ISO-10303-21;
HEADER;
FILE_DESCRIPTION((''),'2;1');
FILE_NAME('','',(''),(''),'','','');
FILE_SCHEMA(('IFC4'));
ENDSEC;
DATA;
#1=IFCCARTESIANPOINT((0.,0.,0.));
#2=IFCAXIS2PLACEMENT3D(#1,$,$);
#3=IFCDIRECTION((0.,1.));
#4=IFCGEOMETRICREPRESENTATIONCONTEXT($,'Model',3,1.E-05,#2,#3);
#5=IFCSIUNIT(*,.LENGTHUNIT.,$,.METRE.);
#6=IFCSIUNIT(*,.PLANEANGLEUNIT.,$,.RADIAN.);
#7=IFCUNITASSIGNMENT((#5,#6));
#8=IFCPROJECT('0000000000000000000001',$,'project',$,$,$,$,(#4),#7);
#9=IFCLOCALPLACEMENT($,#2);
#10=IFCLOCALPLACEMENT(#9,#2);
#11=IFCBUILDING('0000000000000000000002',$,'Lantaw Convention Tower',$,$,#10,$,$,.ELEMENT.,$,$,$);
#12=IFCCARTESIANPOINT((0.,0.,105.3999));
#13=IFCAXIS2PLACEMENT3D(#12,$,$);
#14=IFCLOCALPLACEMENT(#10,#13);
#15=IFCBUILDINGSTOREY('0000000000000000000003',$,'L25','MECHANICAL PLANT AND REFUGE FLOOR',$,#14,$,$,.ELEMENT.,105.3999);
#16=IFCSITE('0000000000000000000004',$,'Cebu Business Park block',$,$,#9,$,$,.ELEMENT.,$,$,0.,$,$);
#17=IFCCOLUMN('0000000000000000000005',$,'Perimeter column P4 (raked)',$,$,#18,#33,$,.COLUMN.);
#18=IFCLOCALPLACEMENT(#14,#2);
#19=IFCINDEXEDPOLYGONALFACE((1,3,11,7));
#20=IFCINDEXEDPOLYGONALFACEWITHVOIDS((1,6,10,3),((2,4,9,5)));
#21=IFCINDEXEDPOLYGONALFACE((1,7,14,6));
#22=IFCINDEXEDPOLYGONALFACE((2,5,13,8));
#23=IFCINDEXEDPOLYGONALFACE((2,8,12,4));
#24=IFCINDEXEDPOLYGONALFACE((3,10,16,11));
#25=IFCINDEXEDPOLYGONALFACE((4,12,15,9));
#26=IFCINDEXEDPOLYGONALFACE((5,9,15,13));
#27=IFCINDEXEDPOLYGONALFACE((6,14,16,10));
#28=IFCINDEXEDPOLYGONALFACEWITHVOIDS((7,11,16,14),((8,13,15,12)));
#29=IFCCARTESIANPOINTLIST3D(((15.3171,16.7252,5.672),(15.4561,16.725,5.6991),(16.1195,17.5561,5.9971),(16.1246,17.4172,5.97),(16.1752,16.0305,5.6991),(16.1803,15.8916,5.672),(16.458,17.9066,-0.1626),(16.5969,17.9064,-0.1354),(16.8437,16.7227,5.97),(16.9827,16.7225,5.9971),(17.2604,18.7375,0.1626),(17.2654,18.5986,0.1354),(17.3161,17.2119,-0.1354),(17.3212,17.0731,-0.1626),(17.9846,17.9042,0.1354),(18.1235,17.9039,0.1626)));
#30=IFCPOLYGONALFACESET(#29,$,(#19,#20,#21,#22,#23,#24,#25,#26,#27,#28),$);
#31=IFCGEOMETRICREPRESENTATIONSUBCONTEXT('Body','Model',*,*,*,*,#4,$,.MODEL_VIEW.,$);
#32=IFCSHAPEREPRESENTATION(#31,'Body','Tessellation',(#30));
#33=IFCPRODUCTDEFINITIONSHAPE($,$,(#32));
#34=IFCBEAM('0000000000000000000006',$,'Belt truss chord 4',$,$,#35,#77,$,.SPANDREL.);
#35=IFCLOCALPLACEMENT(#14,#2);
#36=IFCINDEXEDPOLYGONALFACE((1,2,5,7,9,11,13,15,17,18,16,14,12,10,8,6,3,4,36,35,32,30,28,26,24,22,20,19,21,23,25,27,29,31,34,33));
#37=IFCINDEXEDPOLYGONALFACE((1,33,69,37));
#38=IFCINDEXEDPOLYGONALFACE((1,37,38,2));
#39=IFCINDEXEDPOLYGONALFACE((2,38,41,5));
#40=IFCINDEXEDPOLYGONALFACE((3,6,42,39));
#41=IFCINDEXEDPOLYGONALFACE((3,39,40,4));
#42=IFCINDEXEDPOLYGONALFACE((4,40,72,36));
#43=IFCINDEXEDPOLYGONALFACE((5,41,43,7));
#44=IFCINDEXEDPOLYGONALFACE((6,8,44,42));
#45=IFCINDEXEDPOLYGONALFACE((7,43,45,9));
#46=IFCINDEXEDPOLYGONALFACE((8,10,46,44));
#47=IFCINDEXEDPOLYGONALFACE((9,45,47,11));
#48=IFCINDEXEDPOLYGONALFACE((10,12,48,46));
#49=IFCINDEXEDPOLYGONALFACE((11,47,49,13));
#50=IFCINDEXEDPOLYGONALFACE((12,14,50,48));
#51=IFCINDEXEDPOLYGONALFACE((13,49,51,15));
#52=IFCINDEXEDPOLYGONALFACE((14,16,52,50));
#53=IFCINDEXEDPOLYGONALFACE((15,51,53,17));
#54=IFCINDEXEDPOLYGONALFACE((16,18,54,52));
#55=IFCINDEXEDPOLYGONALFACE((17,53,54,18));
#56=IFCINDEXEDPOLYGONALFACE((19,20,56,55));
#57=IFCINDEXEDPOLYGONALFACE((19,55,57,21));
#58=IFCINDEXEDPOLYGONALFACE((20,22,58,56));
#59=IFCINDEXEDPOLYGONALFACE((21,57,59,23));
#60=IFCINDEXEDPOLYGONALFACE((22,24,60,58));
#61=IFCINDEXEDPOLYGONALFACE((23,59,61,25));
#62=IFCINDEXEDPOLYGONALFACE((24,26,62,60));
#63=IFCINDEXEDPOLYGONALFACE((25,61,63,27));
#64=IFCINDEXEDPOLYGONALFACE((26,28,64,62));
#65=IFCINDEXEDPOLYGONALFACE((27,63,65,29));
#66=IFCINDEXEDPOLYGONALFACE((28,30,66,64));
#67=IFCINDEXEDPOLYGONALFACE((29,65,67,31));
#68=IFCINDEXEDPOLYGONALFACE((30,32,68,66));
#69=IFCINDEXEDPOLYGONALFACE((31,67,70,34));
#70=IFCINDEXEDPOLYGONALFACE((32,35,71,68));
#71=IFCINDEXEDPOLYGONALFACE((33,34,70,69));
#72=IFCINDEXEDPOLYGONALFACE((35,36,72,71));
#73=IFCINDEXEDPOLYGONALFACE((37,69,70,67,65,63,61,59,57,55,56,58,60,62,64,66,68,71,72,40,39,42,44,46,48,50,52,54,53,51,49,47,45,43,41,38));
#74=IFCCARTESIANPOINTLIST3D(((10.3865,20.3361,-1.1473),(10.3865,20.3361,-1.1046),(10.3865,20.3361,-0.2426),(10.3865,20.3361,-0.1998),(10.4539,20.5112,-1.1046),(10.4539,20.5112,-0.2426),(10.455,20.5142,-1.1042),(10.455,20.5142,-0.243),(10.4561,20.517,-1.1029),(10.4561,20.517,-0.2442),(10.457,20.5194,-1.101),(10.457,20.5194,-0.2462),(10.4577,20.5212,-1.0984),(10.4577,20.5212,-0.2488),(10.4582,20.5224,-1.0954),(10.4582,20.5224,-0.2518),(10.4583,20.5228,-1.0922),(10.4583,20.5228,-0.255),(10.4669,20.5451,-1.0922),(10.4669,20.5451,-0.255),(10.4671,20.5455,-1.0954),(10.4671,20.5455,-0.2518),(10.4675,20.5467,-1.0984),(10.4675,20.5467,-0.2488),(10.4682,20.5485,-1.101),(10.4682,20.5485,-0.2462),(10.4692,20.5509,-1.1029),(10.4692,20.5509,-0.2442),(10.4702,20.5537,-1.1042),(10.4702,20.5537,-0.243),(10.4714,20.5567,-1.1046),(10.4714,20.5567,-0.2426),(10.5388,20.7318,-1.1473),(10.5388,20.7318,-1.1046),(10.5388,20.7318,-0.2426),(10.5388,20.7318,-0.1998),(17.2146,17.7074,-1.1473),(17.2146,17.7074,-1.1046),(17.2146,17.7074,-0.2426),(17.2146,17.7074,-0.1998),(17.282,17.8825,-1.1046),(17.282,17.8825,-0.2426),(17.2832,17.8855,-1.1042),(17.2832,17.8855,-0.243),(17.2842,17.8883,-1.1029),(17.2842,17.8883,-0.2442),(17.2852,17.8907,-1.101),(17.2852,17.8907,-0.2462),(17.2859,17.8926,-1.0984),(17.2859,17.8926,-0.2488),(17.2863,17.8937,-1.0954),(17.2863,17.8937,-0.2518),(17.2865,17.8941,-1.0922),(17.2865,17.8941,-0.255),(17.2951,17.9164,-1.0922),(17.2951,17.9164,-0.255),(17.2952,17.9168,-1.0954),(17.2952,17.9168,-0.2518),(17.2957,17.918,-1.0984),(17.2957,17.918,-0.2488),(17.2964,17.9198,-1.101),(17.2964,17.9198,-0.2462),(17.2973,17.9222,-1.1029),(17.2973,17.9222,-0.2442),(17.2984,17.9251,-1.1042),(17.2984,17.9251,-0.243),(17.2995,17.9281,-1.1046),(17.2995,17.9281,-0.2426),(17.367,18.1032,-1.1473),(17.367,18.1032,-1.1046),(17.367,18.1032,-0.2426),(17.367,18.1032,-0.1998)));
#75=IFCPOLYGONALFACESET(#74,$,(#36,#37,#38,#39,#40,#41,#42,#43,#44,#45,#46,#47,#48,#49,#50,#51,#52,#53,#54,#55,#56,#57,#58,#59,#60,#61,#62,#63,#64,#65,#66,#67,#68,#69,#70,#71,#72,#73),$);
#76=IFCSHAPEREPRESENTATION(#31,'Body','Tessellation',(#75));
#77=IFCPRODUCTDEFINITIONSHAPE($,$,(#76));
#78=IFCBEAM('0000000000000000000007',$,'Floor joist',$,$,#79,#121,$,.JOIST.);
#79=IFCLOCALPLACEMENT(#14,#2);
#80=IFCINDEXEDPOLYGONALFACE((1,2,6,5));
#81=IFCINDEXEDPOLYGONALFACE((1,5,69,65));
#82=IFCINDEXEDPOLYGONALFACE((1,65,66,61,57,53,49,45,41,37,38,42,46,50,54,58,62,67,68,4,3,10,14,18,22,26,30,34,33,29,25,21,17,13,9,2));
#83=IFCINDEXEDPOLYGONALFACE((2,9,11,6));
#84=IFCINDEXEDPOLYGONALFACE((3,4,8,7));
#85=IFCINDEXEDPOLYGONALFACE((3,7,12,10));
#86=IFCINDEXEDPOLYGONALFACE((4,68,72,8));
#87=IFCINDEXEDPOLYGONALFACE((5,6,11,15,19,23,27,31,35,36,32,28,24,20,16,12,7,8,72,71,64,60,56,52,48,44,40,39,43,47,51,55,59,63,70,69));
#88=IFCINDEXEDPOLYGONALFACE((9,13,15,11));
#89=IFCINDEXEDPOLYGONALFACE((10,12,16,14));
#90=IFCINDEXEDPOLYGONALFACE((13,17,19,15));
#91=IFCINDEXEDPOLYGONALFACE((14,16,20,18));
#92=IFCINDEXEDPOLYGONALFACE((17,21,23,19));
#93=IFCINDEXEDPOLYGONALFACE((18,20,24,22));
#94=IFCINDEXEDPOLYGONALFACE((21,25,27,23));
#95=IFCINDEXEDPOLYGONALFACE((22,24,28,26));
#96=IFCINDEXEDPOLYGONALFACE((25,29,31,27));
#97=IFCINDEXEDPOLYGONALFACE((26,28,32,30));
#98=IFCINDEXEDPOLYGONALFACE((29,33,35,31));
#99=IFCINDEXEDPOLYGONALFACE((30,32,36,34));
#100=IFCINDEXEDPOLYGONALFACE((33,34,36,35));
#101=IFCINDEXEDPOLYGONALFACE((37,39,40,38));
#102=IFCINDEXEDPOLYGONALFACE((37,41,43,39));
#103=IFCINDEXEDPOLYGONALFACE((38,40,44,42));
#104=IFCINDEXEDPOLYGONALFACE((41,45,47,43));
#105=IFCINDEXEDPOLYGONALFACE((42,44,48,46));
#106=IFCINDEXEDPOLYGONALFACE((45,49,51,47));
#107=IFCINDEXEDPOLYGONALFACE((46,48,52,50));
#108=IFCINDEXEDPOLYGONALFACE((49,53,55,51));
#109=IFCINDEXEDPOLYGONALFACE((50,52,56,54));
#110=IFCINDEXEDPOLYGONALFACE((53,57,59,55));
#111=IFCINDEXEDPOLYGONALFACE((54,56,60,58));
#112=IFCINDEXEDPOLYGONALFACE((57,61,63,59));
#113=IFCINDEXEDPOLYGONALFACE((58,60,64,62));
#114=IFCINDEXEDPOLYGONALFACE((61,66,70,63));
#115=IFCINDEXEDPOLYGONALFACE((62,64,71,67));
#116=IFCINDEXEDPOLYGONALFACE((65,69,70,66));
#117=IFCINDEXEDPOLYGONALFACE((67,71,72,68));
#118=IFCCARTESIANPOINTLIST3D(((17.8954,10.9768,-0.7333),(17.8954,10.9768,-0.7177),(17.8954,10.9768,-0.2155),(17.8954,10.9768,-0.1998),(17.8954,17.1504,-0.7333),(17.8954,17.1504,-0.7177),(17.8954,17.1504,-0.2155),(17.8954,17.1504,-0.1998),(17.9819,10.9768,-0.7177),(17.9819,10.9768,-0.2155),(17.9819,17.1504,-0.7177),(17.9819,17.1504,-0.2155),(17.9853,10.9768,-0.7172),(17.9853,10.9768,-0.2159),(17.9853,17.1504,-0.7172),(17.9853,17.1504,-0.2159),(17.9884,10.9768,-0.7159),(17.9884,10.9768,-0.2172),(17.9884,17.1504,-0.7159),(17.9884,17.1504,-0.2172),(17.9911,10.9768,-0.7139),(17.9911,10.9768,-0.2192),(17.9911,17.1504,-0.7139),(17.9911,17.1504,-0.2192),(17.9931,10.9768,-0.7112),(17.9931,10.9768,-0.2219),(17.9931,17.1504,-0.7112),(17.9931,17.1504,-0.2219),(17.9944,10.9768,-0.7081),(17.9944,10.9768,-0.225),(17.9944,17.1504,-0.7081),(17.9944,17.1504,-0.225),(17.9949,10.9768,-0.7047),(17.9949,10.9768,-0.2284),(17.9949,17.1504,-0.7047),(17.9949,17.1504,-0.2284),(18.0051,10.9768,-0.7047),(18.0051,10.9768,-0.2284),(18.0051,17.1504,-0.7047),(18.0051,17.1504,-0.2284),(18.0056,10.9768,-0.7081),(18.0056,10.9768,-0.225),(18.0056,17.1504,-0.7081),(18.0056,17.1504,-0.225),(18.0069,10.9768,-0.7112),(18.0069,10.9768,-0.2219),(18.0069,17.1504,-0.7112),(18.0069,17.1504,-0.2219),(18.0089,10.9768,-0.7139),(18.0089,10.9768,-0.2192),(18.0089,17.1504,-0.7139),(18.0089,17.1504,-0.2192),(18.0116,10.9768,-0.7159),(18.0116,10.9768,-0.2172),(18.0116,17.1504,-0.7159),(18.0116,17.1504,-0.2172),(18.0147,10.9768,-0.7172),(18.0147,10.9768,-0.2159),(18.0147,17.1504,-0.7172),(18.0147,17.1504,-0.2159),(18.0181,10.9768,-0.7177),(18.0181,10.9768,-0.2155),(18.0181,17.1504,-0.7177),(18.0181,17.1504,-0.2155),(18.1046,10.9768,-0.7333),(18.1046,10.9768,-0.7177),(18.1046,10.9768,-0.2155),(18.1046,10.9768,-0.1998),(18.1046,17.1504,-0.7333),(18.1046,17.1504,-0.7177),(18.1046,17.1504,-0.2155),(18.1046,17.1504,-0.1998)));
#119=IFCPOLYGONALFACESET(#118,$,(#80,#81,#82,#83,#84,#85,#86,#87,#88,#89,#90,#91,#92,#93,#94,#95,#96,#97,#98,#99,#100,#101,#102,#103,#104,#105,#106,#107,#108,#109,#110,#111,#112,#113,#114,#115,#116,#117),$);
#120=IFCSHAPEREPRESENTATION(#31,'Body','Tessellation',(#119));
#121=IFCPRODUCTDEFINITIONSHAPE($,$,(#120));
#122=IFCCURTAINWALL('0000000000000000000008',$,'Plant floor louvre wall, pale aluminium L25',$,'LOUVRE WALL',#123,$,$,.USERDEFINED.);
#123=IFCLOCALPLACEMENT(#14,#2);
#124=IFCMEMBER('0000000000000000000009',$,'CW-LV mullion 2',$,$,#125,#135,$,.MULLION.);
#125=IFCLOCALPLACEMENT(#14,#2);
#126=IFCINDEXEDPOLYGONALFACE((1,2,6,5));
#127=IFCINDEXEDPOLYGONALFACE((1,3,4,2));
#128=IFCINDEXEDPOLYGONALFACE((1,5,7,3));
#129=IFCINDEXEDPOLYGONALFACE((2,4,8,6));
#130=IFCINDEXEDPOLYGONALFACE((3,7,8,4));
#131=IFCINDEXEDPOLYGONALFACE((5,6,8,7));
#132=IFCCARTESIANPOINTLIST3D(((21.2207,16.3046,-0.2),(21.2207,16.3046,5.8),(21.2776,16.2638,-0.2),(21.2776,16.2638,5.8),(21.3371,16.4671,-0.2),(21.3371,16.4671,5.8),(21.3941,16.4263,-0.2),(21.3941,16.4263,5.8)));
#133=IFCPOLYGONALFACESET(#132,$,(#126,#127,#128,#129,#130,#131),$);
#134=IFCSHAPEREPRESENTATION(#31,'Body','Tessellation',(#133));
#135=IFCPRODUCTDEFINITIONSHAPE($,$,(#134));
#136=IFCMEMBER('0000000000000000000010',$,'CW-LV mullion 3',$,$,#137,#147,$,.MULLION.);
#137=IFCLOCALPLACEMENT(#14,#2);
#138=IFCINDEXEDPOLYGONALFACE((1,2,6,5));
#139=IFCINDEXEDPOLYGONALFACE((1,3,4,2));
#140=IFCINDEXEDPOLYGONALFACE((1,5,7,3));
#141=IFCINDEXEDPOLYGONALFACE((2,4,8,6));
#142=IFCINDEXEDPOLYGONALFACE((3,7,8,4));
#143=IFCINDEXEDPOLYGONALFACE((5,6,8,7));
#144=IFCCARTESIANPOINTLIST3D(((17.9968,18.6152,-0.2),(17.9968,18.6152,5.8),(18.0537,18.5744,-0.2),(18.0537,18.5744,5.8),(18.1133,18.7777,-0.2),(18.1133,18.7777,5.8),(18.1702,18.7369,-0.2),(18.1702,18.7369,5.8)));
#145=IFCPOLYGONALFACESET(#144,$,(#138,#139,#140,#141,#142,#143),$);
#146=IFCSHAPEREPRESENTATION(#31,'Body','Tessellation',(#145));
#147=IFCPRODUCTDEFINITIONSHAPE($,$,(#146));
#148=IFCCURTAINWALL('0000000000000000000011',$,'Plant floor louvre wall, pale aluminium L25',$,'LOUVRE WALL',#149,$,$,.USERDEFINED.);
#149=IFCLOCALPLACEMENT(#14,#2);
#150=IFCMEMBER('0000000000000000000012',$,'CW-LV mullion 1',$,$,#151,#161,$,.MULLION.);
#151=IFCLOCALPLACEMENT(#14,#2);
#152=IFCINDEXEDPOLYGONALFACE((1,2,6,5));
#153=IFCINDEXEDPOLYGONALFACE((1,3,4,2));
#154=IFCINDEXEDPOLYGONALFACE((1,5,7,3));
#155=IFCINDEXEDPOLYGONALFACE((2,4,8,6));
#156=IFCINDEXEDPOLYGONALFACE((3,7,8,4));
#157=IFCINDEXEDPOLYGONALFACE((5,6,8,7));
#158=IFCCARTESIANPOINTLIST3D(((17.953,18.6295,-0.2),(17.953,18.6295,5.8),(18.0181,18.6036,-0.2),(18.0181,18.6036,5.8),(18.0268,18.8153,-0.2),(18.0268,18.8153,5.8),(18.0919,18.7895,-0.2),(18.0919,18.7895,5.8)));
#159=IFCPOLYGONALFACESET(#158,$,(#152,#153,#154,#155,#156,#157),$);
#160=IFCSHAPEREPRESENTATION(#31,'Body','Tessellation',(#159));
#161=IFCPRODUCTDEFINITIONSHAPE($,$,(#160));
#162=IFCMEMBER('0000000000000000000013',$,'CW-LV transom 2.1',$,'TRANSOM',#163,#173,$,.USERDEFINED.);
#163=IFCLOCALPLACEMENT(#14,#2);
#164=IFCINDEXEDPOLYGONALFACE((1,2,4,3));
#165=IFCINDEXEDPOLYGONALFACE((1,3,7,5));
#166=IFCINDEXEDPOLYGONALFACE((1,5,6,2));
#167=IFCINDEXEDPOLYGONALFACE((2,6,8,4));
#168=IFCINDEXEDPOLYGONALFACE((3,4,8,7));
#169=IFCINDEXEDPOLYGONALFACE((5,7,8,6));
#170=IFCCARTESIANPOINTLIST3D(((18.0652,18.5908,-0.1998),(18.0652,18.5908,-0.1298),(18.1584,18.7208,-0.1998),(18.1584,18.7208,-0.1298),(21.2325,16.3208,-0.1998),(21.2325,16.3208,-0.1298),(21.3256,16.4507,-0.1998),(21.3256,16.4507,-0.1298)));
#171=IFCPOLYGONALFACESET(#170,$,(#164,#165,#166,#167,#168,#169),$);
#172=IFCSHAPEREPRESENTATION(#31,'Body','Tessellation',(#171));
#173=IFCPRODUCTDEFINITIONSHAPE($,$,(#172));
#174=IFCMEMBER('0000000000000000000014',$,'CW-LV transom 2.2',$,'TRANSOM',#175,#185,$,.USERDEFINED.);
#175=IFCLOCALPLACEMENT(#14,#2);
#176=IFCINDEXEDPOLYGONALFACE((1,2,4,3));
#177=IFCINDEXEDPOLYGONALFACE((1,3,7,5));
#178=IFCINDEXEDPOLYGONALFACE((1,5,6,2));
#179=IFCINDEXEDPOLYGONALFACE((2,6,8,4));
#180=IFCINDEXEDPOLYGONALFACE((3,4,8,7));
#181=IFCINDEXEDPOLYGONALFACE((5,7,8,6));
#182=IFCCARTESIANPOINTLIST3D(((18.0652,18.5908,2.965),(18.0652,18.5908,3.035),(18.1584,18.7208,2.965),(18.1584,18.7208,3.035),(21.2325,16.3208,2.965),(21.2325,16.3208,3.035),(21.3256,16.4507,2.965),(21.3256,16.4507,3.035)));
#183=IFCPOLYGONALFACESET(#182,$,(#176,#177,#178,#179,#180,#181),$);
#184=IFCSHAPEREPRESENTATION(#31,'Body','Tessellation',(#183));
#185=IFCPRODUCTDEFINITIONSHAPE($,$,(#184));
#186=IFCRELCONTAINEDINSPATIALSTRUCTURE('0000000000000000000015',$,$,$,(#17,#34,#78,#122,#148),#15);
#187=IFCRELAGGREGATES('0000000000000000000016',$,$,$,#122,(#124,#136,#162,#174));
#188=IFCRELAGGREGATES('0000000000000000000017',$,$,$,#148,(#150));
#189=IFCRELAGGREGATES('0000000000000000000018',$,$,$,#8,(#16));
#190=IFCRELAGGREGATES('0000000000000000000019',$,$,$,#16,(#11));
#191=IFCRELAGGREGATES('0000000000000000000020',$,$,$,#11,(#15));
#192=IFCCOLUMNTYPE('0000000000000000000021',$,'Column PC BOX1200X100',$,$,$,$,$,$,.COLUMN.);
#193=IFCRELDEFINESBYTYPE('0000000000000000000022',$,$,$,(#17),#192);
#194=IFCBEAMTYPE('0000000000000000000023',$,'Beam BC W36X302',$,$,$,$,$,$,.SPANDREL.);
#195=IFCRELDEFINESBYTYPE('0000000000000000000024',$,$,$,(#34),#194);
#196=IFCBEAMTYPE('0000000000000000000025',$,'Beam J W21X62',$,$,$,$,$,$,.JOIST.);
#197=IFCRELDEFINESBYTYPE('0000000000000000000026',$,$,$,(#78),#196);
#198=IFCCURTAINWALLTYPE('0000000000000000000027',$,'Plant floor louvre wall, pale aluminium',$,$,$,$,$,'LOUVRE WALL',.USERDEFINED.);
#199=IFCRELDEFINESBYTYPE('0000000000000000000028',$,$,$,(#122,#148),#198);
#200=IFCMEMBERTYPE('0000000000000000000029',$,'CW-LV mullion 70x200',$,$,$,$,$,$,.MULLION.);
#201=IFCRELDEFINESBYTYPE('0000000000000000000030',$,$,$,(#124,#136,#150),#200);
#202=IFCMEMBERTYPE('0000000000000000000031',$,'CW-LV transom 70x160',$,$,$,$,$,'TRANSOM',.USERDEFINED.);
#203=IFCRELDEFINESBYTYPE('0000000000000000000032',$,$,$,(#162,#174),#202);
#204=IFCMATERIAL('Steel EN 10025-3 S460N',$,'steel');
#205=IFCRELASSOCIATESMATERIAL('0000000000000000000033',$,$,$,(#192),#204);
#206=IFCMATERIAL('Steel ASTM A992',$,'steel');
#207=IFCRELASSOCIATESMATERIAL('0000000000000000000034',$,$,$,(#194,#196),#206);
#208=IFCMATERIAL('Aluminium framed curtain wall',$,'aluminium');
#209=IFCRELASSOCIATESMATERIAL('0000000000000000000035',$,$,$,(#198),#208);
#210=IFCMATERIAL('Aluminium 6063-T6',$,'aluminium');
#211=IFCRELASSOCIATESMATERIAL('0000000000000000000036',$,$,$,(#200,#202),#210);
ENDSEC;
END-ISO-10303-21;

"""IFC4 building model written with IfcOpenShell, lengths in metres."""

from ifc_helpers import new_model, si_unit, direction, frame, origin, origin_2d, place, context, subcontext, project, spatial, rectangle, hollow_rectangle, i_section, extrude, material, material_profile, profile_set, type_object, element, aggregate, save


model = new_model("IFC4")

# Units and contexts
model_context = context("Model", 3, precision=1e-05, world=origin(), true_north=direction((0.0, 1.0)))
body_context = subcontext(model_context, "Body", "Model", "MODEL_VIEW")
ifc_project = project(units=[si_unit("LENGTHUNIT", "METRE"), si_unit("PLANEANGLEUNIT", "RADIAN")], contexts=[model_context])

# Site, building, storey
site_placement = place(None, origin())
site = spatial("IfcSite", under=ifc_project, at=site_placement, Name="Cebu Business Park block", CompositionType="ELEMENT", RefElevation=0.0)
building_placement = place(site_placement, origin())
building = spatial("IfcBuilding", under=site, at=building_placement, Name="Lantaw Convention Tower", CompositionType="ELEMENT")
storey_placement = place(building_placement, frame((0.0, 0.0, 105.3999)))
storey = spatial("IfcBuildingStorey", under=building, at=storey_placement, Name="L25", Description="MECHANICAL PLANT AND REFUGE FLOOR", CompositionType="ELEMENT", Elevation=105.3999)

# Column
ifc_material_1 = material(Name="Steel EN 10025-3 S460N", Category="steel")
ifc_material_profile_1 = material_profile(ifc_material_1, hollow_rectangle(XDim=1.2, YDim=1.2, WallThickness=0.1001, at=origin_2d()), Name="BOX1200X100")
ifc_material_2 = material(Name="Concrete C60/75", Category="concrete")
ifc_material_profile_2 = material_profile(ifc_material_2, rectangle(XDim=1.0, YDim=1.0, at=origin_2d()), Name="Concrete fill of BOX1200X100")
ifc_profile_set_1 = profile_set([ifc_material_profile_1, ifc_material_profile_2], Name="Steel EN 10025-3 S460N")
column_type = type_object("IfcColumnType", Name="Column PC BOX1200X100", PredefinedType="COLUMN", material=ifc_profile_set_1)
column_placement = place(storey_placement, frame((17.2908, 17.9053, 0.0), z_axis=(-0.188224, -0.194911, 0.962591), x_axis=(0.719337, -0.694661, 0.0)))
element("IfcColumn", 1, at=column_placement, inside=storey, type_object=column_type, Name="Perimeter column P4 (raked)", PredefinedType="COLUMN", context=body_context, shape_type="SweptSolid", body=[
    extrude(hollow_rectangle(XDim=1.2, YDim=1.2, WallThickness=0.1001, at=origin_2d()), origin(), (0.0, 0.0, 1.0), 6.0613),
])

# Beams
ifc_material_3 = material(Name="Steel ASTM A992", Category="steel")
ifc_material_profile_3 = material_profile(ifc_material_3, i_section(OverallWidth=0.4241, OverallDepth=0.9475, WebThickness=0.0239, FlangeThickness=0.0427, FilletRadius=0.0125, at=origin_2d()), Name="W36X302")
ifc_profile_set_2 = profile_set([ifc_material_profile_3], Name="Steel ASTM A992")
beam_type_1 = type_object("IfcBeamType", Name="Beam BC W36X302", PredefinedType="SPANDREL", material=ifc_profile_set_2)
beam_1_placement = place(storey_placement, frame((17.2908, 17.9053, -0.6736), z_axis=(-0.933233, 0.359272, 0.0), x_axis=(-0.359272, -0.933233, 0.0)))
element("IfcBeam", 2, at=beam_1_placement, inside=storey, type_object=beam_type_1, Name="Belt truss chord 4", PredefinedType="SPANDREL", context=body_context, shape_type="SweptSolid", body=[
    extrude(i_section(OverallWidth=0.4241, OverallDepth=0.9475, WebThickness=0.0239, FlangeThickness=0.0427, FilletRadius=0.0125, at=origin_2d()), origin(), (0.0, 0.0, 1.0), 7.3167),
])
ifc_material_profile_4 = material_profile(ifc_material_3, i_section(OverallWidth=0.2092, OverallDepth=0.5334, WebThickness=0.0103, FlangeThickness=0.0156, FilletRadius=0.0129, at=origin_2d()), Name="W21X62")
ifc_profile_set_3 = profile_set([ifc_material_profile_4], Name="Steel ASTM A992")
beam_type_2 = type_object("IfcBeamType", Name="Beam J W21X62", PredefinedType="JOIST", material=ifc_profile_set_3)
beam_2_placement = place(storey_placement, frame((18.0, 10.9768, -0.4666), z_axis=(0.0, 1.0, 0.0), x_axis=(-1.0, 0.0, 0.0)))
element("IfcBeam", 3, at=beam_2_placement, inside=storey, type_object=beam_type_2, Name="Floor joist", PredefinedType="JOIST", context=body_context, shape_type="SweptSolid", body=[
    extrude(i_section(OverallWidth=0.2092, OverallDepth=0.5334, WebThickness=0.0103, FlangeThickness=0.0156, FilletRadius=0.0129, at=origin_2d()), origin(), (0.0, 0.0, 1.0), 6.1736),
])

# Curtain wall, members
ifc_material_4 = material(Name="Aluminium framed curtain wall", Category="aluminium")
curtain_wall_type = type_object("IfcCurtainWallType", Name="Plant floor louvre wall, pale aluminium", ElementType="LOUVRE WALL", PredefinedType="USERDEFINED", material=ifc_material_4)
curtain_wall_1_placement = place(storey_placement, origin())
curtain_wall_1 = element("IfcCurtainWall", 4, at=curtain_wall_1_placement, inside=storey, type_object=curtain_wall_type, Name="Plant floor louvre wall, pale aluminium L25", ObjectType="LOUVRE WALL", PredefinedType="USERDEFINED")
ifc_material_5 = material(Name="Aluminium 6063-T6", Category="aluminium")
ifc_material_profile_5 = material_profile(ifc_material_5, rectangle(XDim=0.2, YDim=0.0701, at=origin_2d()), Name="CW-LV mullion 70x200")
ifc_profile_set_4 = profile_set([ifc_material_profile_5], Name="Aluminium 6063-T6")
member_type_1 = type_object("IfcMemberType", Name="CW-LV mullion 70x200", PredefinedType="MULLION", material=ifc_profile_set_4)
member_1_placement = place(storey_placement, frame((21.3074, 16.3655, -0.2), z_axis=(0.0, 0.0, 1.0), x_axis=(-0.582538, -0.812804, 0.0)))
member_1 = element("IfcMember", 5, at=member_1_placement, type_object=member_type_1, Name="CW-LV mullion 2", PredefinedType="MULLION", context=body_context, shape_type="SweptSolid", body=[
    extrude(rectangle(XDim=0.2, YDim=0.0701, at=origin_2d()), origin(), (0.0, 0.0, 1.0), 6.0),
])
member_2_placement = place(storey_placement, frame((18.0835, 18.676, -0.2), z_axis=(0.0, 0.0, 1.0), x_axis=(-0.582538, -0.812804, 0.0)))
member_2 = element("IfcMember", 6, at=member_2_placement, type_object=member_type_1, Name="CW-LV mullion 3", PredefinedType="MULLION", context=body_context, shape_type="SweptSolid", body=[
    extrude(rectangle(XDim=0.2, YDim=0.0701, at=origin_2d()), origin(), (0.0, 0.0, 1.0), 6.0),
])

# Curtain wall, member
curtain_wall_2_placement = place(storey_placement, origin())
curtain_wall_2 = element("IfcCurtainWall", 7, at=curtain_wall_2_placement, inside=storey, type_object=curtain_wall_type, Name="Plant floor louvre wall, pale aluminium L25", ObjectType="LOUVRE WALL", PredefinedType="USERDEFINED")
member_3_placement = place(storey_placement, frame((18.0225, 18.7095, -0.2), z_axis=(0.0, 0.0, 1.0), x_axis=(-0.369172, -0.929361, 0.0)))
member_3 = element("IfcMember", 8, at=member_3_placement, type_object=member_type_1, Name="CW-LV mullion 1", PredefinedType="MULLION", context=body_context, shape_type="SweptSolid", body=[
    extrude(rectangle(XDim=0.2, YDim=0.0701, at=origin_2d()), origin(), (0.0, 0.0, 1.0), 6.0),
])

# Members
ifc_material_profile_6 = material_profile(ifc_material_5, rectangle(XDim=0.1599, YDim=0.0701, at=origin_2d()), Name="CW-LV transom 70x160")
ifc_profile_set_5 = profile_set([ifc_material_profile_6], Name="Aluminium 6063-T6")
member_type_2 = type_object("IfcMemberType", Name="CW-LV transom 70x160", ElementType="TRANSOM", PredefinedType="USERDEFINED", material=ifc_profile_set_5)
member_4_placement = place(storey_placement, frame((21.2791, 16.3857, -0.1648), z_axis=(-0.812797, 0.582547, 0.0), x_axis=(-0.582547, -0.812797, 0.0)))
member_4 = element("IfcMember", 9, at=member_4_placement, type_object=member_type_2, Name="CW-LV transom 2.1", ObjectType="TRANSOM", PredefinedType="USERDEFINED", context=body_context, shape_type="SweptSolid", body=[
    extrude(rectangle(XDim=0.1599, YDim=0.0701, at=origin_2d()), origin(), (0.0, 0.0, 1.0), 3.8967),
])
member_5_placement = place(storey_placement, frame((21.2791, 16.3857, 3.0), z_axis=(-0.812797, 0.582547, 0.0), x_axis=(-0.582547, -0.812797, 0.0)))
member_5 = element("IfcMember", 10, at=member_5_placement, type_object=member_type_2, Name="CW-LV transom 2.2", ObjectType="TRANSOM", PredefinedType="USERDEFINED", context=body_context, shape_type="SweptSolid", body=[
    extrude(rectangle(XDim=0.1599, YDim=0.0701, at=origin_2d()), origin(), (0.0, 0.0, 1.0), 3.8967),
])

aggregate(curtain_wall_1, [member_1, member_2, member_4, member_5])
aggregate(curtain_wall_2, [member_3])

save(model, "model.ifc")
